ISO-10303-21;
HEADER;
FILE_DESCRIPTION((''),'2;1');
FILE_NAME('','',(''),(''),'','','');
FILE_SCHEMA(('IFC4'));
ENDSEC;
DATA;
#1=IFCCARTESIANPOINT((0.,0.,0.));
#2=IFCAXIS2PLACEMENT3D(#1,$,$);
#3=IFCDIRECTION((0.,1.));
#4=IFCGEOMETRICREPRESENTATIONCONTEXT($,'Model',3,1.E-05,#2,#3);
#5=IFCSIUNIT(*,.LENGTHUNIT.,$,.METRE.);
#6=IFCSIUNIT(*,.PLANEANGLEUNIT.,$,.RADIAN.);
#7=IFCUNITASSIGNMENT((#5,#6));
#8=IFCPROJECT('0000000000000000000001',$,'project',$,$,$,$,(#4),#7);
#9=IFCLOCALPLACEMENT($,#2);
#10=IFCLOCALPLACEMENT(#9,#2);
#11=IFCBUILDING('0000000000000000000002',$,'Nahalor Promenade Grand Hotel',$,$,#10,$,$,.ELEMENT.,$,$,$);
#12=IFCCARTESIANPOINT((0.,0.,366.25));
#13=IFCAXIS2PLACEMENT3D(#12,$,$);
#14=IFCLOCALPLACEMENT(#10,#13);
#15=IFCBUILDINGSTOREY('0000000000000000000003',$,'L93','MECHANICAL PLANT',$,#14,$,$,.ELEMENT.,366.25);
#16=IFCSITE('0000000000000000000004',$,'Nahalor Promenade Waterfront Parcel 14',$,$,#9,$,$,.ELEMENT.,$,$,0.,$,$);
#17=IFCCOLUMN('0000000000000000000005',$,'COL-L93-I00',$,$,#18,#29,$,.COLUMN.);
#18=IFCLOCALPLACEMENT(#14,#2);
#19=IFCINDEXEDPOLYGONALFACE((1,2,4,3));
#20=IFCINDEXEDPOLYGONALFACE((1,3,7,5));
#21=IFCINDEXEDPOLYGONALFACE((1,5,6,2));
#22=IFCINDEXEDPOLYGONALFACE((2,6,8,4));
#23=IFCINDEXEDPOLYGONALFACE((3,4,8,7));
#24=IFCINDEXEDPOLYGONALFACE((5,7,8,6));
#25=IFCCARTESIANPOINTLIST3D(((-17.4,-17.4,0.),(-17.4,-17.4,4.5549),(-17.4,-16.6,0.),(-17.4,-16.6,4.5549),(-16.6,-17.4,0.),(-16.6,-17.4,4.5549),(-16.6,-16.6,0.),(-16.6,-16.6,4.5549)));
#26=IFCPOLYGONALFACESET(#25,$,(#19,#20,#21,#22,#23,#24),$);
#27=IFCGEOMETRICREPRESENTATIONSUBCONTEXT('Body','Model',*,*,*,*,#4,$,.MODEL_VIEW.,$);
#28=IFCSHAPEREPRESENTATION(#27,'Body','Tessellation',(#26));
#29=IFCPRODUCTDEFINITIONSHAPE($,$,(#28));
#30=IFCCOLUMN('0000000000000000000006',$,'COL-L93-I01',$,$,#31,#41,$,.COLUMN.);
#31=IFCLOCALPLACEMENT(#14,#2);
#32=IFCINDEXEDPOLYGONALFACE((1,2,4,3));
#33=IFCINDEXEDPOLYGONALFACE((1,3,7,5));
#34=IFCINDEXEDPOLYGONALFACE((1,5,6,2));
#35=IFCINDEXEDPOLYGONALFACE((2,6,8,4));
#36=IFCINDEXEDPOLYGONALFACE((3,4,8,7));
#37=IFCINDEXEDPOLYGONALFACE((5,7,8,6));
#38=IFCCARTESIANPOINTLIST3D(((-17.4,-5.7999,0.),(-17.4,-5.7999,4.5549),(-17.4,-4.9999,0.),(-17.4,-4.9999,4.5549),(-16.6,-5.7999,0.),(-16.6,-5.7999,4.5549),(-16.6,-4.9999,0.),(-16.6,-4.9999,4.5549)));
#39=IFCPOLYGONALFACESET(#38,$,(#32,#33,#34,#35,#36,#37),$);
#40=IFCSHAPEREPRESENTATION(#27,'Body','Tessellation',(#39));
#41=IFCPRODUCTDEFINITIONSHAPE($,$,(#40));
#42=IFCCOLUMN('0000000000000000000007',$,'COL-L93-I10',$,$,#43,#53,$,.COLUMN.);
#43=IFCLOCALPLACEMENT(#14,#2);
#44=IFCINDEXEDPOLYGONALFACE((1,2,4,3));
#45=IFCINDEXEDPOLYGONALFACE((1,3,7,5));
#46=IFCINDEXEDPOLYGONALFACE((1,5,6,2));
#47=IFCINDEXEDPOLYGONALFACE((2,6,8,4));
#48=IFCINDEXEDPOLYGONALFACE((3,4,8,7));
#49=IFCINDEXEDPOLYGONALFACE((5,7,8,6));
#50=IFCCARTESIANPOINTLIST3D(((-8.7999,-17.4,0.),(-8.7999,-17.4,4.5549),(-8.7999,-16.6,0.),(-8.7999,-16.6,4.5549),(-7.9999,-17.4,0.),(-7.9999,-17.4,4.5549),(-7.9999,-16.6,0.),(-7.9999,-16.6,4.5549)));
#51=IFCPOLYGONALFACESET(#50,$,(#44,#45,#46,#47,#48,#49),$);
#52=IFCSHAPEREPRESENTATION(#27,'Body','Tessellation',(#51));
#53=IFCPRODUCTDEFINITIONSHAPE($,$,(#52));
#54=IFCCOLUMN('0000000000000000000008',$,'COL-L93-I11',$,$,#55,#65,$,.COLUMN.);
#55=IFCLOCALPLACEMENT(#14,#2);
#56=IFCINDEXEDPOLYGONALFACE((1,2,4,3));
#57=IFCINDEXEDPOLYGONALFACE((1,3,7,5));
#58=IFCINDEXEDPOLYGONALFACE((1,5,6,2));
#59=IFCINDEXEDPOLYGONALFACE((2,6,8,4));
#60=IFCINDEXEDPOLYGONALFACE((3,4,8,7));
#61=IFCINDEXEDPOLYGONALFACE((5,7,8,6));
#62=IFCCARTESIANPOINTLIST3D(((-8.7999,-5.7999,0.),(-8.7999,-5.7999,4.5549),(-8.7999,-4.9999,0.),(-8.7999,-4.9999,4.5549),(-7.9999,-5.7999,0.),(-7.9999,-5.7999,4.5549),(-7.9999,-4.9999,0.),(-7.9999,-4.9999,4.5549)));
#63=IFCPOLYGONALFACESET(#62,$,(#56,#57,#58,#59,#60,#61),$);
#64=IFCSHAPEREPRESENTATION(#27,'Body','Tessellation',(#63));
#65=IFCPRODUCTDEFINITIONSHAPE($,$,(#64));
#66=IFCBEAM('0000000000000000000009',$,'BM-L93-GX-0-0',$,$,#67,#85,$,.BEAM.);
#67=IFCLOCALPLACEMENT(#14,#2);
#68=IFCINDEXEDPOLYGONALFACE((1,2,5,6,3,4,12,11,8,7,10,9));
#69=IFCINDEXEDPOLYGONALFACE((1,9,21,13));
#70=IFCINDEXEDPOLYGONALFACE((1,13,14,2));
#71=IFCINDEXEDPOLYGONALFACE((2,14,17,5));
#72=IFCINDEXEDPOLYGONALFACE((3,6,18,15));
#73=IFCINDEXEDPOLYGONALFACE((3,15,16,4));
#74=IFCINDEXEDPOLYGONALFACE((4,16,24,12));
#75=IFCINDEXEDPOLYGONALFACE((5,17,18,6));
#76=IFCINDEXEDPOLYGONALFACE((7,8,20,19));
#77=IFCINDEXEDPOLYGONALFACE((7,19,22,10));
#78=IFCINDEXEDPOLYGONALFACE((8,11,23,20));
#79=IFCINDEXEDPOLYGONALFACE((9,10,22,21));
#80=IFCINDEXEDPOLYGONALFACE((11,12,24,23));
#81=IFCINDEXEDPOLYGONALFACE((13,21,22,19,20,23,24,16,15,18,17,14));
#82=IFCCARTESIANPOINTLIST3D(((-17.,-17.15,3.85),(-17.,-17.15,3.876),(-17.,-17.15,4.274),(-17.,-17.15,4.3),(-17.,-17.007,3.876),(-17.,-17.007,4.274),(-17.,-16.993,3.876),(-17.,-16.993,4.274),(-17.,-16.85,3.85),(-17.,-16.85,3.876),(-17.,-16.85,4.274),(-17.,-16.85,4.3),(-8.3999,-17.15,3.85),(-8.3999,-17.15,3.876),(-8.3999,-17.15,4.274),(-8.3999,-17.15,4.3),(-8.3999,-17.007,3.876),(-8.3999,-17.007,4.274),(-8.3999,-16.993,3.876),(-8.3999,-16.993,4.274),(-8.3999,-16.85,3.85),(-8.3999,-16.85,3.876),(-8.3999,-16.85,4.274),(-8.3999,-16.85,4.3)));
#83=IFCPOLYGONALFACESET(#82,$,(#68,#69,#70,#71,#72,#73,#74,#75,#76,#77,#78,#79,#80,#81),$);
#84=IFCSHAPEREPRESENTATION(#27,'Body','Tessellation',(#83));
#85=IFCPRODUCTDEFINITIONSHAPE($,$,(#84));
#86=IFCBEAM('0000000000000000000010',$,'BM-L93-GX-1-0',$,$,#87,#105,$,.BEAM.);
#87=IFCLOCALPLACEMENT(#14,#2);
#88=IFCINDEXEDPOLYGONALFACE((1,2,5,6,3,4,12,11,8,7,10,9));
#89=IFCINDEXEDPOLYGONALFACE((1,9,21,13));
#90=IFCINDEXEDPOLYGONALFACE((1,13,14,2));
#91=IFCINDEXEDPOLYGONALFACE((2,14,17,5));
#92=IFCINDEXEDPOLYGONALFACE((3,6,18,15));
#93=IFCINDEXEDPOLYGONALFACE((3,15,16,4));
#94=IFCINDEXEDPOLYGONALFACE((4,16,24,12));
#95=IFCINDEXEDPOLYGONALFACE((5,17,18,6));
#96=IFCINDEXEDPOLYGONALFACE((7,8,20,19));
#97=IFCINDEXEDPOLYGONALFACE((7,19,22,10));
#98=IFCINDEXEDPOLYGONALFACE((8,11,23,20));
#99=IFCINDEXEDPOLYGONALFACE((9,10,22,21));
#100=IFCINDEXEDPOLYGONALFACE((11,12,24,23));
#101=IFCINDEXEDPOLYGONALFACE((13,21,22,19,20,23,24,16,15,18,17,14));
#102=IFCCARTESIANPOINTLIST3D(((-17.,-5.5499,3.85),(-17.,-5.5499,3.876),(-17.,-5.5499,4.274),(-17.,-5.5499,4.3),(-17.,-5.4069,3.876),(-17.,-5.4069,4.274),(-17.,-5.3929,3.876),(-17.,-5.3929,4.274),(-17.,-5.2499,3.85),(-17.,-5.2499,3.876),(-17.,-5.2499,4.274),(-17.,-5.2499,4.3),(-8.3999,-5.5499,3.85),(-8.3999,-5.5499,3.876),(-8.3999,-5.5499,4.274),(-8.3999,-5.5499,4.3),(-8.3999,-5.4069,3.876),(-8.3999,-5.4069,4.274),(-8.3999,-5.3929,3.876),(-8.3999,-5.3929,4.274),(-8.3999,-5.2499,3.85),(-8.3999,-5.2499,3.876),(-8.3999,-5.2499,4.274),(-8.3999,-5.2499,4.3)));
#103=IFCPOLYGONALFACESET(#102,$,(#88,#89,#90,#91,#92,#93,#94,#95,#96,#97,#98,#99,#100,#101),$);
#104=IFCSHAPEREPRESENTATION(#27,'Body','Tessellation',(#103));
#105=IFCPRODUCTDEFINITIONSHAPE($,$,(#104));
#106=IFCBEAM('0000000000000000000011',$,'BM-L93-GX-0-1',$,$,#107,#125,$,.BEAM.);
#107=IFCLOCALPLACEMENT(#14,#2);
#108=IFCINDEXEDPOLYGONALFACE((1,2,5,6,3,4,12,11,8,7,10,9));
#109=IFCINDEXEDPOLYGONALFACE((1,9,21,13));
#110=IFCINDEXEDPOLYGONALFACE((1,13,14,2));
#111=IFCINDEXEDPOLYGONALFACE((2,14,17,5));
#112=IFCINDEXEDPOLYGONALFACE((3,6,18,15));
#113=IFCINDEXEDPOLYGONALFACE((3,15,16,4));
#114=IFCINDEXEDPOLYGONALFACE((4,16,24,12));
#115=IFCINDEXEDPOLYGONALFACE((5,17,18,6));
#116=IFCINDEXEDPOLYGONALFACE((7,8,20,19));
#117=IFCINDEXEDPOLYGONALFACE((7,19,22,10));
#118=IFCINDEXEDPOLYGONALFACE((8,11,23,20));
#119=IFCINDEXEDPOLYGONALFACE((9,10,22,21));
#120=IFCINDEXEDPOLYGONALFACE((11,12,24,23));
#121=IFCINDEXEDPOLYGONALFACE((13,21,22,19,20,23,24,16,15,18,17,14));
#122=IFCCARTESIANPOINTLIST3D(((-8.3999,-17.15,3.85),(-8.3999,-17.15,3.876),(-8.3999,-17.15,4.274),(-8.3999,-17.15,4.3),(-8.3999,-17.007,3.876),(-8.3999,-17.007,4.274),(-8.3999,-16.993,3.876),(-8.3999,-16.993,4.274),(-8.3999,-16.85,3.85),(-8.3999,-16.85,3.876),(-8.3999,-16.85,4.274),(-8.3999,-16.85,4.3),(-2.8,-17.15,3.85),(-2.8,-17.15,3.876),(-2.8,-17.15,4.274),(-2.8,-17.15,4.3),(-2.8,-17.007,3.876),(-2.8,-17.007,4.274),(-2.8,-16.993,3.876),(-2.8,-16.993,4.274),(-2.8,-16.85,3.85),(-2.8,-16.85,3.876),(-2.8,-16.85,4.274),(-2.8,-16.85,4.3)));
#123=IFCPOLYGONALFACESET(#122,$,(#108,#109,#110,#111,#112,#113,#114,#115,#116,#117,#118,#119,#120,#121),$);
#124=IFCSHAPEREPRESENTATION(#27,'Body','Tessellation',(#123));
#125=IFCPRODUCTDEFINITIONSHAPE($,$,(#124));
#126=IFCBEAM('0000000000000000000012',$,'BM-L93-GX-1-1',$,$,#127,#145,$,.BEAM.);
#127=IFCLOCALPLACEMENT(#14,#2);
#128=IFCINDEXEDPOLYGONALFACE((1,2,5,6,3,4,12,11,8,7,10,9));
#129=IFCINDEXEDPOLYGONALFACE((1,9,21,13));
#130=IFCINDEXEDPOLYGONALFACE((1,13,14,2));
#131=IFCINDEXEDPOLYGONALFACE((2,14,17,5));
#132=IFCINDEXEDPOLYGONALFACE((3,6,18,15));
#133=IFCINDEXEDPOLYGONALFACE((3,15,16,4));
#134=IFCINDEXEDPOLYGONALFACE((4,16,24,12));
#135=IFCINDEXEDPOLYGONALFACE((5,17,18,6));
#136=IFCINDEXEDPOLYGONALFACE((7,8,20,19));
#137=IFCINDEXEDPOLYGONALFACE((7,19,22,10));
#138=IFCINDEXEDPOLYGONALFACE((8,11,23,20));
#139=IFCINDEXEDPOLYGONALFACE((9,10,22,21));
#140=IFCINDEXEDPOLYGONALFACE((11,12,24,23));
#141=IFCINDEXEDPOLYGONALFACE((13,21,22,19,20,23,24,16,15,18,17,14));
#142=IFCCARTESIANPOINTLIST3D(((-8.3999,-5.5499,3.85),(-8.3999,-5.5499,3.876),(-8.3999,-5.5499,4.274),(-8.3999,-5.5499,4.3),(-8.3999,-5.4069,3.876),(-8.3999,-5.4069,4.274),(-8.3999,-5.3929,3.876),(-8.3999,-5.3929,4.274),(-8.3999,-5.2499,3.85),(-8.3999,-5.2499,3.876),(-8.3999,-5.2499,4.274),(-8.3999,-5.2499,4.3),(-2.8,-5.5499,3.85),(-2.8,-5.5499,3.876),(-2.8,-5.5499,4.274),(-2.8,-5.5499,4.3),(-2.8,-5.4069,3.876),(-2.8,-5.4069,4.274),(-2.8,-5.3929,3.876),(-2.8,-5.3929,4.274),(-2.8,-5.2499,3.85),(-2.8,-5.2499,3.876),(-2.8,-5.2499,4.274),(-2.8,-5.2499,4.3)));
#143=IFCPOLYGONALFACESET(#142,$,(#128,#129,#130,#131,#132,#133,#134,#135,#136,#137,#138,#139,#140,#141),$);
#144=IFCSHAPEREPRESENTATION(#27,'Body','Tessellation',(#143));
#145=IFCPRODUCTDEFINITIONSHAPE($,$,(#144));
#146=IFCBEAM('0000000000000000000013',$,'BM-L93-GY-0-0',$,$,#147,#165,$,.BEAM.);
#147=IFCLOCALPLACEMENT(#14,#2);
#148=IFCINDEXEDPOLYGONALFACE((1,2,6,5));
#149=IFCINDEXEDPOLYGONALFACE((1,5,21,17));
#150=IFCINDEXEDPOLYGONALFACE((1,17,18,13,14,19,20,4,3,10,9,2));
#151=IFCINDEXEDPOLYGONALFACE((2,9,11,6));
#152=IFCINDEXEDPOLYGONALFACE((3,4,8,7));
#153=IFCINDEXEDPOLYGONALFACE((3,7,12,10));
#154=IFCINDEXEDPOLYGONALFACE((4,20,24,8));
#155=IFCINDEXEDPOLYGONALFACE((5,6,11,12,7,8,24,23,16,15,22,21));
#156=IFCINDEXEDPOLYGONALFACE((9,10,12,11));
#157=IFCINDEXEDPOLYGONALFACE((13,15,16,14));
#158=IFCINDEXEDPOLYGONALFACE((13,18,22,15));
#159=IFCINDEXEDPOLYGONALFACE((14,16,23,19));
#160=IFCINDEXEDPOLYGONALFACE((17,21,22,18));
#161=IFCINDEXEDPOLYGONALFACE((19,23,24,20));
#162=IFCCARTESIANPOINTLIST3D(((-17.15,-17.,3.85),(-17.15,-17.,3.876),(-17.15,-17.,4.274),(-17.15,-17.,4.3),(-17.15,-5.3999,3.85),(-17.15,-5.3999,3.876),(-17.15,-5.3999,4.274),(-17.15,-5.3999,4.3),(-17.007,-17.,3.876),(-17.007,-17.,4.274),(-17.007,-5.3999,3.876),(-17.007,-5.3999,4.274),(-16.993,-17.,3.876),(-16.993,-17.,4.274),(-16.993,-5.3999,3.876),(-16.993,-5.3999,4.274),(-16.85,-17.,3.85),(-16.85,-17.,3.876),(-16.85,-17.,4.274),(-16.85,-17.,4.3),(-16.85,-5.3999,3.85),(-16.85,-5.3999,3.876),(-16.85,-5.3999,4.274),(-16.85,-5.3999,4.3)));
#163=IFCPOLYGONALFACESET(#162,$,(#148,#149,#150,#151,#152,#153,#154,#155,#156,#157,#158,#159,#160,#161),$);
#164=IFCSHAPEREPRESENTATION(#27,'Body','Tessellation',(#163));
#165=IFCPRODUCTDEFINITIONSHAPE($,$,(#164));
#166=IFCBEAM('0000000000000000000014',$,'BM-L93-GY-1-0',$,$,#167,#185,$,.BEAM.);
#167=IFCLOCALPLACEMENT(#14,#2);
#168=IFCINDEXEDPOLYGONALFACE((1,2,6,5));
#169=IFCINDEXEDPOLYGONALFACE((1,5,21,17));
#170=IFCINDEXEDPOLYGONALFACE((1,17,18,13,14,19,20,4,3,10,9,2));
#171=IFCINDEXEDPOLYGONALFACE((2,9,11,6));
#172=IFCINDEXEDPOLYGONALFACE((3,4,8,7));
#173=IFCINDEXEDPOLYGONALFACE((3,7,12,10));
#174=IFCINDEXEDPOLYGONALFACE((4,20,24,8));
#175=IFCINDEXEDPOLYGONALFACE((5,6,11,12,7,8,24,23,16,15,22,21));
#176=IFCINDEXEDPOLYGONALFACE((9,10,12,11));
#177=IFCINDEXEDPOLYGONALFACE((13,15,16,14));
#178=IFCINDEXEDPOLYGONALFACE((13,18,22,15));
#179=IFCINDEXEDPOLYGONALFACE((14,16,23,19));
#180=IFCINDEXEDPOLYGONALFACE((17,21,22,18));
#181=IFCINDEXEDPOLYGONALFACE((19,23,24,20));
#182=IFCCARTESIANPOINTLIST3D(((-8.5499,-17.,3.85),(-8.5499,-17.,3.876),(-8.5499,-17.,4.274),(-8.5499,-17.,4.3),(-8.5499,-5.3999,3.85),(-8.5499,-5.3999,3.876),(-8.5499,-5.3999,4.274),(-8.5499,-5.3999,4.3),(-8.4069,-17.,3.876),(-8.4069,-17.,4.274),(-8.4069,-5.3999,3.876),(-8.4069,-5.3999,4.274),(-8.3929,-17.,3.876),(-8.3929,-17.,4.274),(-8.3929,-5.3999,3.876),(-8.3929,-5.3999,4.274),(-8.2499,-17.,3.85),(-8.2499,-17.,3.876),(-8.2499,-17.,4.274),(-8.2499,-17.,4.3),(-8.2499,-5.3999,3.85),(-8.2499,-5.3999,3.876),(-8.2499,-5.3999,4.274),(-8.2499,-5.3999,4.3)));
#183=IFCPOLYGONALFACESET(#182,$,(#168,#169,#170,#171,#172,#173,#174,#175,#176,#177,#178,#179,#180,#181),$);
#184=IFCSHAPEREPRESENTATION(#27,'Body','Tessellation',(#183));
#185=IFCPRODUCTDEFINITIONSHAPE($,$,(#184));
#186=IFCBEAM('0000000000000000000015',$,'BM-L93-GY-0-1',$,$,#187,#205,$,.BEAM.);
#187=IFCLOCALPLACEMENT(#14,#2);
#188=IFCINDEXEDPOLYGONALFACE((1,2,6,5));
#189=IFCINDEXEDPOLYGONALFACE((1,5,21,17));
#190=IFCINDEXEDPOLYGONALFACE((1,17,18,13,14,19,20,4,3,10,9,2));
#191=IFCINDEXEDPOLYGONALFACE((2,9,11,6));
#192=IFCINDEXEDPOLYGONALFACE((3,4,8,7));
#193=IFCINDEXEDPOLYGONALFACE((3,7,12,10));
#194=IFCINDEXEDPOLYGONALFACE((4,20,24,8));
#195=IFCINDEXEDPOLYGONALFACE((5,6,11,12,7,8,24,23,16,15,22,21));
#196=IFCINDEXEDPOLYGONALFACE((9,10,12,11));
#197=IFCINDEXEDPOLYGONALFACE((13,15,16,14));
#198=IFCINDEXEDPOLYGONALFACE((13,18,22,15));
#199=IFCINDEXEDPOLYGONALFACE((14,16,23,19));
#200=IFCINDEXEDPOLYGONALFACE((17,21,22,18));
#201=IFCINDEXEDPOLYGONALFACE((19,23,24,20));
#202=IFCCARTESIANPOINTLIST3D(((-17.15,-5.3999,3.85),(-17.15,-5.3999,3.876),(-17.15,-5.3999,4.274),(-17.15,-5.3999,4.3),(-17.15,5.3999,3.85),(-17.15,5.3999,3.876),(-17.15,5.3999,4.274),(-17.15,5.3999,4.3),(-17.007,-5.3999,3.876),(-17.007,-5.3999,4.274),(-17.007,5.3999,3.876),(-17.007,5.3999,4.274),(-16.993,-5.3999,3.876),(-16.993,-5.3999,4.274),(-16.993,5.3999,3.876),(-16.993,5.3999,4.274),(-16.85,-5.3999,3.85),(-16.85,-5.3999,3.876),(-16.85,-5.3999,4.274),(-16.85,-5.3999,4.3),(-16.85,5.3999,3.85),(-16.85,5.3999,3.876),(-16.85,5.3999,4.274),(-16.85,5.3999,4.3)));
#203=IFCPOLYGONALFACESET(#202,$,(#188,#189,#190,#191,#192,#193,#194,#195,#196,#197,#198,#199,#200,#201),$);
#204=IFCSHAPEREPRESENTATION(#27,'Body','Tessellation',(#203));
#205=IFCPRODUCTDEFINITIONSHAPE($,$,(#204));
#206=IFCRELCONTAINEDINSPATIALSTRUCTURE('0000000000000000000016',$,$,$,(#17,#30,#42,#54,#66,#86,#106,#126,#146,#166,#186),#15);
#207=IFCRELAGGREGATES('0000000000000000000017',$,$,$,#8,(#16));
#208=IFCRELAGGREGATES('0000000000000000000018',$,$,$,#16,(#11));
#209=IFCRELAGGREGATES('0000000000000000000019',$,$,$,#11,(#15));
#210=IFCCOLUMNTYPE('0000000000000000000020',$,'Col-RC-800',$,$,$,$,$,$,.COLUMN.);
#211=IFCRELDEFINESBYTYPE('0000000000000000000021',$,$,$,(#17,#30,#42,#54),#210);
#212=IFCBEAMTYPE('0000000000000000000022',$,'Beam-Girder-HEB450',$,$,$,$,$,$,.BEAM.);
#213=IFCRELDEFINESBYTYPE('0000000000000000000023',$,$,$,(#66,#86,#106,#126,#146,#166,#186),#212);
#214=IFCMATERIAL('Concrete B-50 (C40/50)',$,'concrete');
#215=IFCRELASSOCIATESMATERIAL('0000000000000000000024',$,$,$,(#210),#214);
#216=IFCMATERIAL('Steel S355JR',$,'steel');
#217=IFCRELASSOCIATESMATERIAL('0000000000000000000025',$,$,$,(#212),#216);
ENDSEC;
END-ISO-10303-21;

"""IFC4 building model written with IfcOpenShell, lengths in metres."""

from ifc_helpers import new_model, si_unit, direction, frame, origin, origin_2d, place, context, subcontext, project, spatial, rectangle, i_section, extrude, source, transform, mapped, material, material_profile, profile_set, type_object, element, save


model = new_model("IFC4")

# Units and contexts
model_context = context("Model", 3, precision=1e-05, world=origin(), true_north=direction((0.0, 1.0)))
body_context = subcontext(model_context, "Body", "Model", "MODEL_VIEW")
ifc_project = project(units=[si_unit("LENGTHUNIT", "METRE"), si_unit("PLANEANGLEUNIT", "RADIAN")], contexts=[model_context])

# Site, building, storey
site_placement = place(None, origin())
site = spatial("IfcSite", under=ifc_project, at=site_placement, Name="Nahalor Promenade Waterfront Parcel 14", CompositionType="ELEMENT", RefElevation=0.0)
building_placement = place(site_placement, origin())
building = spatial("IfcBuilding", under=site, at=building_placement, Name="Nahalor Promenade Grand Hotel", CompositionType="ELEMENT")
storey_placement = place(building_placement, frame((0.0, 0.0, 366.25)))
storey = spatial("IfcBuildingStorey", under=building, at=storey_placement, Name="L93", Description="MECHANICAL PLANT", CompositionType="ELEMENT", Elevation=366.25)

# Columns
ifc_material_1 = material(Name="Concrete B-50 (C40/50)", Category="concrete")
ifc_material_profile_1 = material_profile(ifc_material_1, rectangle(XDim=0.8, YDim=0.8, at=origin_2d()), Name="RC 800x800")
ifc_profile_set_1 = profile_set([ifc_material_profile_1], Name="Concrete B-50 (C40/50)")
column_type = type_object("IfcColumnType", Name="Col-RC-800", PredefinedType="COLUMN", material=ifc_profile_set_1)
shared_shape_1 = source(origin(), body_context, "Body", "SweptSolid", [
    extrude(rectangle(XDim=0.8, YDim=0.8, at=origin_2d()), origin(), (0.0, 0.0, 1.0), 4.5549),
])
for number, where, z_axis, x_axis, name in (
    (1, (-17.0, -17.0, 0.0), (0.0, 0.0, 1.0), (1.0, 0.0, 0.0), "COL-L93-I00"),
    (2, (-17.0, -5.3999, 0.0), (0.0, 0.0, 1.0), (1.0, 0.0, 0.0), "COL-L93-I01"),
    (3, (-8.3999, -17.0, 0.0), (0.0, 0.0, 1.0), (1.0, 0.0, 0.0), "COL-L93-I10"),
    (4, (-8.3999, -5.3999, 0.0), (0.0, 0.0, 1.0), (1.0, 0.0, 0.0), "COL-L93-I11"),
):
    element("IfcColumn", number, at=place(storey_placement, frame(where, z_axis=z_axis, x_axis=x_axis)), inside=storey, type_object=column_type, Name=name, PredefinedType="COLUMN", context=body_context, shape_type="MappedRepresentation", body=[
        mapped(shared_shape_1, transform((0.0, 0.0, 0.0), scale=1.0)),
    ])

# Beams
ifc_material_2 = material(Name="Steel S355JR", Category="steel")
ifc_material_profile_2 = material_profile(ifc_material_2, i_section(OverallWidth=0.3, OverallDepth=0.45, WebThickness=0.014, FlangeThickness=0.026, at=origin_2d()), Name="HEB 450")
ifc_profile_set_2 = profile_set([ifc_material_profile_2], Name="Steel S355JR")
beam_type_1 = type_object("IfcBeamType", Name="Beam-Girder-HEB450", PredefinedType="BEAM", material=ifc_profile_set_2)
shared_shape_2 = source(origin(), body_context, "Body", "SweptSolid", [
    extrude(i_section(OverallWidth=0.3, OverallDepth=0.45, WebThickness=0.014, FlangeThickness=0.026, at=origin_2d()), origin(), (0.0, 0.0, 1.0), 8.6001),
])
for number, where, z_axis, x_axis, name in (
    (5, (-17.0, -17.0, 4.075), (1.0, 0.0, 0.0), (0.0, 1.0, 0.0), "BM-L93-GX-0-0"),
    (6, (-17.0, -5.3999, 4.075), (1.0, 0.0, 0.0), (0.0, 1.0, 0.0), "BM-L93-GX-1-0"),
):
    element("IfcBeam", number, at=place(storey_placement, frame(where, z_axis=z_axis, x_axis=x_axis)), inside=storey, type_object=beam_type_1, Name=name, PredefinedType="BEAM", context=body_context, shape_type="MappedRepresentation", body=[
        mapped(shared_shape_2, transform((0.0, 0.0, 0.0), scale=1.0)),
    ])
shared_shape_3 = source(origin(), body_context, "Body", "SweptSolid", [
    extrude(i_section(OverallWidth=0.3, OverallDepth=0.45, WebThickness=0.014, FlangeThickness=0.026, at=origin_2d()), origin(), (0.0, 0.0, 1.0), 5.5999),
])
for number, where, z_axis, x_axis, name in (
    (7, (-8.3999, -17.0, 4.075), (1.0, 0.0, 0.0), (0.0, 1.0, 0.0), "BM-L93-GX-0-1"),
    (8, (-8.3999, -5.3999, 4.075), (1.0, 0.0, 0.0), (0.0, 1.0, 0.0), "BM-L93-GX-1-1"),
):
    element("IfcBeam", number, at=place(storey_placement, frame(where, z_axis=z_axis, x_axis=x_axis)), inside=storey, type_object=beam_type_1, Name=name, PredefinedType="BEAM", context=body_context, shape_type="MappedRepresentation", body=[
        mapped(shared_shape_3, transform((0.0, 0.0, 0.0), scale=1.0)),
    ])
shared_shape_4 = source(origin(), body_context, "Body", "SweptSolid", [
    extrude(i_section(OverallWidth=0.3, OverallDepth=0.45, WebThickness=0.014, FlangeThickness=0.026, at=origin_2d()), origin(), (0.0, 0.0, 1.0), 11.6001),
])
for number, where, z_axis, x_axis, name in (
    (9, (-17.0, -17.0, 4.075), (0.0, 1.0, 0.0), (-1.0, 0.0, 0.0), "BM-L93-GY-0-0"),
    (10, (-8.3999, -17.0, 4.075), (0.0, 1.0, 0.0), (-1.0, 0.0, 0.0), "BM-L93-GY-1-0"),
):
    element("IfcBeam", number, at=place(storey_placement, frame(where, z_axis=z_axis, x_axis=x_axis)), inside=storey, type_object=beam_type_1, Name=name, PredefinedType="BEAM", context=body_context, shape_type="MappedRepresentation", body=[
        mapped(shared_shape_4, transform((0.0, 0.0, 0.0), scale=1.0)),
    ])
shared_shape_5 = source(origin(), body_context, "Body", "SweptSolid", [
    extrude(i_section(OverallWidth=0.3, OverallDepth=0.45, WebThickness=0.014, FlangeThickness=0.026, at=origin_2d()), origin(), (0.0, 0.0, 1.0), 10.7998),
])
for number, where, z_axis, x_axis, name in (
    (11, (-17.0, -5.3999, 4.075), (0.0, 1.0, 0.0), (-1.0, 0.0, 0.0), "BM-L93-GY-0-1"),
):
    element("IfcBeam", number, at=place(storey_placement, frame(where, z_axis=z_axis, x_axis=x_axis)), inside=storey, type_object=beam_type_1, Name=name, PredefinedType="BEAM", context=body_context, shape_type="MappedRepresentation", body=[
        mapped(shared_shape_5, transform((0.0, 0.0, 0.0), scale=1.0)),
    ])

save(model, "model.ifc")
